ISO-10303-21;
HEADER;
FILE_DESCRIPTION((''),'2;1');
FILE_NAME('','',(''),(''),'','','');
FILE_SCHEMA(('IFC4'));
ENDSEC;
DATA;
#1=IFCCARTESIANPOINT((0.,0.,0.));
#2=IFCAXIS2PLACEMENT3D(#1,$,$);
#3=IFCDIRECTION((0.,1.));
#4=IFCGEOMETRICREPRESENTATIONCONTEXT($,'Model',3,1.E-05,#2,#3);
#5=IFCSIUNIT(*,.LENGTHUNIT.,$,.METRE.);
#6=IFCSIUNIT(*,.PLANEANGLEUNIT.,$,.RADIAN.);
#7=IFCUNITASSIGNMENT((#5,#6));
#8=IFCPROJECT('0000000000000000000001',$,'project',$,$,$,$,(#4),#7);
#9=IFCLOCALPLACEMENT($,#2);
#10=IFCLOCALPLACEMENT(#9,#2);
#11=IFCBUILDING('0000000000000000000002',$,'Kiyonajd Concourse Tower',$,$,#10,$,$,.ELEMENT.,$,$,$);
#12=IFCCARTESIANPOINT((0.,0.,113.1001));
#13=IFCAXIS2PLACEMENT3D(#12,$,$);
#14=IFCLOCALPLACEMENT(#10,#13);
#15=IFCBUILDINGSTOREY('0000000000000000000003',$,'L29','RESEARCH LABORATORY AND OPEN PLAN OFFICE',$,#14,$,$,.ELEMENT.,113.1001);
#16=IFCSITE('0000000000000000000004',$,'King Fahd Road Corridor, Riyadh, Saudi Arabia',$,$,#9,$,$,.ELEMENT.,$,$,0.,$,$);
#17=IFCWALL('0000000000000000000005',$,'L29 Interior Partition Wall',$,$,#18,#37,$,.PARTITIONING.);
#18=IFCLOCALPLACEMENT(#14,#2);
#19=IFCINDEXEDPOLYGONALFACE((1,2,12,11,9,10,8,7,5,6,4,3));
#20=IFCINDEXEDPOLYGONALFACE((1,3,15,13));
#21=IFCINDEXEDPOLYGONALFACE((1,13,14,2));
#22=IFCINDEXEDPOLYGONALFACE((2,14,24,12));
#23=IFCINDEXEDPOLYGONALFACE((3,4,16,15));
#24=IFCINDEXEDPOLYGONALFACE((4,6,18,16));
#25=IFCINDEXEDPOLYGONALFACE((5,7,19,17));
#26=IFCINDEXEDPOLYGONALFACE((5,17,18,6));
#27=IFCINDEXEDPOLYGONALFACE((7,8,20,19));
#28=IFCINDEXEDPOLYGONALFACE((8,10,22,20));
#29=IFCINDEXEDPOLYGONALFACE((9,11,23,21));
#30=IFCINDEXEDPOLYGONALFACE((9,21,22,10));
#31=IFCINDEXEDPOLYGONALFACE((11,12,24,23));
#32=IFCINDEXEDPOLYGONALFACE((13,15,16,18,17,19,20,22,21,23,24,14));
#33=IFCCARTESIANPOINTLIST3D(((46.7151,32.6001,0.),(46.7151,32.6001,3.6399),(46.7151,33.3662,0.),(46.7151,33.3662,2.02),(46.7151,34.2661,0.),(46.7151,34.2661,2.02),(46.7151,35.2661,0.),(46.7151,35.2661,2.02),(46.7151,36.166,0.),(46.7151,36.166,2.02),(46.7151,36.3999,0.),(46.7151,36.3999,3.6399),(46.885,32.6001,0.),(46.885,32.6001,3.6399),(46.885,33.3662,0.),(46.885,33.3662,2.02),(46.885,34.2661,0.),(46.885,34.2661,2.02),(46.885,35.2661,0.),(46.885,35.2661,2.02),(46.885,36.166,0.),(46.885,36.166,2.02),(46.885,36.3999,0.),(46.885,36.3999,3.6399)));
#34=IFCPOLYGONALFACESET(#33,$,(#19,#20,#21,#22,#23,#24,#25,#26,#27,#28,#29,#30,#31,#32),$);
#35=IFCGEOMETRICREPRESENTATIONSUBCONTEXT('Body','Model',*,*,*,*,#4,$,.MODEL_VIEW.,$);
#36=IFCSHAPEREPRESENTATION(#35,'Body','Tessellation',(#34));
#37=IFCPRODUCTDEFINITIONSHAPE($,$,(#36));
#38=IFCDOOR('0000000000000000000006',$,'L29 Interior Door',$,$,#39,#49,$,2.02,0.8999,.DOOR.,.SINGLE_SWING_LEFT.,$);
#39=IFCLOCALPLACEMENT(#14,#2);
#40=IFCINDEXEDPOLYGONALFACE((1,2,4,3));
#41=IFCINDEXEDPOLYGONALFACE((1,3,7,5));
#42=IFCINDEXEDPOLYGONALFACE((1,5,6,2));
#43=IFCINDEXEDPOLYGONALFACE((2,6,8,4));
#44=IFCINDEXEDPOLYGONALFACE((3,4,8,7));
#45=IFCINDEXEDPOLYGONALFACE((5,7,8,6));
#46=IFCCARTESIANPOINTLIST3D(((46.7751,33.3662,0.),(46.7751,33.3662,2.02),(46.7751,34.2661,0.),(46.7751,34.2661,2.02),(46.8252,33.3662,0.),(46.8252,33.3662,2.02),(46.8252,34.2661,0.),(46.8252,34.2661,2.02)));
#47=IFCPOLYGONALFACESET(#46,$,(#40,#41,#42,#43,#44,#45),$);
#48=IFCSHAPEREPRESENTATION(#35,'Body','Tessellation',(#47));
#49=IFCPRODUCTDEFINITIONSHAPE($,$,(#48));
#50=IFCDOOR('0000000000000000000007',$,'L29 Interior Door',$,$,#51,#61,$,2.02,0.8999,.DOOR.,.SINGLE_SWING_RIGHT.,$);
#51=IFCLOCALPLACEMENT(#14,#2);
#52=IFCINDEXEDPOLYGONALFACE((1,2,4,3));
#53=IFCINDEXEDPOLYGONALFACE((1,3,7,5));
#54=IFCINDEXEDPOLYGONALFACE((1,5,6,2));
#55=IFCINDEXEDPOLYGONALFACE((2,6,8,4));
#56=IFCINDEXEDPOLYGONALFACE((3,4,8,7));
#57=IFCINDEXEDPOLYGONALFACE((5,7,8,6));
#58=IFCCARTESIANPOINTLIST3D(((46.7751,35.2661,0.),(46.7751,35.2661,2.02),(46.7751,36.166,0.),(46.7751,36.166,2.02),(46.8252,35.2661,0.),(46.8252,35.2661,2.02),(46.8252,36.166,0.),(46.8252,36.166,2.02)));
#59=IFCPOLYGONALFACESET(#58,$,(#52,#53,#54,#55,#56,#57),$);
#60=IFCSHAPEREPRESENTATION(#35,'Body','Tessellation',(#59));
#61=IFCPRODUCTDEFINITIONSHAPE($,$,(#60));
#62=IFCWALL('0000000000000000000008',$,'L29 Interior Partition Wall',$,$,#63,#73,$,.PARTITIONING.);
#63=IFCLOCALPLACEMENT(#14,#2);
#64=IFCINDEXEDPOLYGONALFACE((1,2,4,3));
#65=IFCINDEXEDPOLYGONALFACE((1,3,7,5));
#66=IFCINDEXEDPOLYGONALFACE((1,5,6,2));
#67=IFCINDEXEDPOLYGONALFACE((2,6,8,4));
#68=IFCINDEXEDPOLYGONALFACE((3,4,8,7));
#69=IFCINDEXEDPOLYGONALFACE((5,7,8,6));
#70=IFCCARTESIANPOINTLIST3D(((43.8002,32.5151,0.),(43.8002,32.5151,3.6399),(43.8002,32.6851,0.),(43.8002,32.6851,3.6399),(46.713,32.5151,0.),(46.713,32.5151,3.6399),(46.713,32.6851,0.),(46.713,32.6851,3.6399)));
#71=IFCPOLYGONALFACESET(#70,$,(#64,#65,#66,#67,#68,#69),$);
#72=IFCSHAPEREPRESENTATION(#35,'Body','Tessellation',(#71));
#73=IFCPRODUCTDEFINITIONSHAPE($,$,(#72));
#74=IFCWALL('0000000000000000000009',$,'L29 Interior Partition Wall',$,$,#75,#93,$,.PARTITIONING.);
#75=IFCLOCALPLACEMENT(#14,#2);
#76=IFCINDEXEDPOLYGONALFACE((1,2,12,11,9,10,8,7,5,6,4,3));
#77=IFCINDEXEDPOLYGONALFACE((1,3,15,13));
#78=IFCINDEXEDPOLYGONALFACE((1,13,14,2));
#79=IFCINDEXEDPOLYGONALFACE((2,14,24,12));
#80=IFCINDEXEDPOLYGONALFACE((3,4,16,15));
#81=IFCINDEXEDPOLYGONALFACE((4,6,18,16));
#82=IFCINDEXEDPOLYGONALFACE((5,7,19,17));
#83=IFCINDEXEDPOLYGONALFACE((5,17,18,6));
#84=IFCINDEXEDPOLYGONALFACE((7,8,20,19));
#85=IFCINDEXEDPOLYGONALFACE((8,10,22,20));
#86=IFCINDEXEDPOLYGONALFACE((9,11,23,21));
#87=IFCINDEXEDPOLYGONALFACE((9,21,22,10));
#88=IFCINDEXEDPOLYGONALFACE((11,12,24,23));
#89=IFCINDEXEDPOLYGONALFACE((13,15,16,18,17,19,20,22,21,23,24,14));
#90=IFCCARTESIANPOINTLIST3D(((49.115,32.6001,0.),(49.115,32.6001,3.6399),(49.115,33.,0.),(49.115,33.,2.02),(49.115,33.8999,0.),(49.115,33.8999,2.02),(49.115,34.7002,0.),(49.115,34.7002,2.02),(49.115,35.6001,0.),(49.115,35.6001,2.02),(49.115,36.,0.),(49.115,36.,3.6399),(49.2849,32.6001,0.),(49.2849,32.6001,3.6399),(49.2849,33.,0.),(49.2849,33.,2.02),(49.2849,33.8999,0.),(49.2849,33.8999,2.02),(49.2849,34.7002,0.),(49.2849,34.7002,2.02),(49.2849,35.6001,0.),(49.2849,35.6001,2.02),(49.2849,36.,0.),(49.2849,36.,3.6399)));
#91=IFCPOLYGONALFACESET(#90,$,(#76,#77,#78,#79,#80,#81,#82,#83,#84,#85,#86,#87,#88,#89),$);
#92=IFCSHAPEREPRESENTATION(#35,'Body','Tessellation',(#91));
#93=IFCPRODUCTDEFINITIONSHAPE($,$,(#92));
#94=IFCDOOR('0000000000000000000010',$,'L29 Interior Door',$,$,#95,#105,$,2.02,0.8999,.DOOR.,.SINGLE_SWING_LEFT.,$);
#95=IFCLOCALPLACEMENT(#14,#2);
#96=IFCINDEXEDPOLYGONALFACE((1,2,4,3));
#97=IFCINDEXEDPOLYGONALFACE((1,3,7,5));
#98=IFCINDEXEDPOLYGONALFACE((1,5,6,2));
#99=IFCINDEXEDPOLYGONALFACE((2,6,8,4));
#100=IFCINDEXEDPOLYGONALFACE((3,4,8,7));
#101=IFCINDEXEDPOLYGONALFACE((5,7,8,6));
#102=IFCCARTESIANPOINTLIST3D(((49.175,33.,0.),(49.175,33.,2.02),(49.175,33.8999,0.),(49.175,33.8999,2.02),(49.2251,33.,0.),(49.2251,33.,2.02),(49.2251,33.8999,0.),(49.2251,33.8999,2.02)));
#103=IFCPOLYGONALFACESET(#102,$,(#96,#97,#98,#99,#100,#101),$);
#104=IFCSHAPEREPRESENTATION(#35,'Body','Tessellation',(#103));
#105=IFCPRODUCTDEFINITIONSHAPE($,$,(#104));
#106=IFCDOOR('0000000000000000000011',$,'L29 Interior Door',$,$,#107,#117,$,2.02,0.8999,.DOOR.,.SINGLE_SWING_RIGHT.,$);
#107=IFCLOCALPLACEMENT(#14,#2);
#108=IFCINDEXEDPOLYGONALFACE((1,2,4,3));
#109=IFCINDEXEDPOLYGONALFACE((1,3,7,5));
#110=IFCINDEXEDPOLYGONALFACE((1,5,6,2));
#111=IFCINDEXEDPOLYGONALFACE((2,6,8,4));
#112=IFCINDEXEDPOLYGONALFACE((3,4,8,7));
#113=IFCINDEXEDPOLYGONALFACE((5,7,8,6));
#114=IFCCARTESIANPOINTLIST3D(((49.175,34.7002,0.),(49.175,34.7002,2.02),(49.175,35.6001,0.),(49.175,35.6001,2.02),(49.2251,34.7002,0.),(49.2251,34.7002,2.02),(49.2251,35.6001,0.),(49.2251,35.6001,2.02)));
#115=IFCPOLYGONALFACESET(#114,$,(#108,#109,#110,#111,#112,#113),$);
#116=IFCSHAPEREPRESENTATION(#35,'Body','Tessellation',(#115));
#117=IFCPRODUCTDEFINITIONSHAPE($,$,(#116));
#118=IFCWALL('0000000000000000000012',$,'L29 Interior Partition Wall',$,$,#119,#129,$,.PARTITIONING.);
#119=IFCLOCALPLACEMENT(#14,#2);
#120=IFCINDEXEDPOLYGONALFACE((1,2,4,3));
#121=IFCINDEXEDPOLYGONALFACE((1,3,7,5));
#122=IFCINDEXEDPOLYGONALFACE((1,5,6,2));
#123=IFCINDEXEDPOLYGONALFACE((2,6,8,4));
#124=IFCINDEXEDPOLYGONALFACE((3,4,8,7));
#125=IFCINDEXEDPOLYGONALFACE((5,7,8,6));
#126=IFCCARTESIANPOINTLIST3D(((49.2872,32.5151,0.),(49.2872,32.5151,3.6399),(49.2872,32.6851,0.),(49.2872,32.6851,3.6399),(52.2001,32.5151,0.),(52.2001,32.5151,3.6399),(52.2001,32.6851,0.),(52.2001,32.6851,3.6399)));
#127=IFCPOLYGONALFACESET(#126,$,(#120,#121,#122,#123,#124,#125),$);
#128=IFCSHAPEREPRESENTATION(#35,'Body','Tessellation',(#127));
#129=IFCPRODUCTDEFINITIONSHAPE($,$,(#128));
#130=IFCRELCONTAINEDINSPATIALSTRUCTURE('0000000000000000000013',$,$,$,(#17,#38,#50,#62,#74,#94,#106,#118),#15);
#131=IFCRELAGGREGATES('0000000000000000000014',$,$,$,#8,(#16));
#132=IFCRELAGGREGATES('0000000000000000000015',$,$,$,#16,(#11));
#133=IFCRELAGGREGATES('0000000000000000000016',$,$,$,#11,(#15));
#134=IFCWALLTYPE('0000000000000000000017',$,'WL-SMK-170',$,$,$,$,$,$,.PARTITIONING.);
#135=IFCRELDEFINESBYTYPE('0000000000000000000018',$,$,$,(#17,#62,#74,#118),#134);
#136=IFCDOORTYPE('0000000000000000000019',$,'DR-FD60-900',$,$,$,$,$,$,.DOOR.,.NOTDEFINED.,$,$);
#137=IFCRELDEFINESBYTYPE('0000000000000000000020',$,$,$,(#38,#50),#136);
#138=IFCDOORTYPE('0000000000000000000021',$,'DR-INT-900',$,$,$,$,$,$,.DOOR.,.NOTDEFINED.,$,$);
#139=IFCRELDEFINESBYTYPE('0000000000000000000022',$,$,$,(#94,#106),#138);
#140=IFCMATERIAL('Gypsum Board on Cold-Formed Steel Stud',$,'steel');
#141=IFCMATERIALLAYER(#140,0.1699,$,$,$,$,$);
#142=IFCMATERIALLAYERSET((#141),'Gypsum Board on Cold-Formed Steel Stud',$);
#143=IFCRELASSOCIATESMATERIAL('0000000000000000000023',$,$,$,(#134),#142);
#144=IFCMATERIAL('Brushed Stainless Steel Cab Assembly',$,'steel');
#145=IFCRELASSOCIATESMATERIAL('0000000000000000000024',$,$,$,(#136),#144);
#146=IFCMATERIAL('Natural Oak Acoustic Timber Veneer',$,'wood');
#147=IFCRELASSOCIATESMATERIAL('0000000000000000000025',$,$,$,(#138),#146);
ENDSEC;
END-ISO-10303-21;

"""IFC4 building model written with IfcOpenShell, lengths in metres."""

from ifc_helpers import new_model, si_unit, direction, frame, frame_2d, origin, place, context, subcontext, project, spatial, rectangle, extrude, material, layer, layer_set, type_object, element, fill, save


model = new_model("IFC4")

# Units and contexts
model_context = context("Model", 3, precision=1e-05, world=origin(), true_north=direction((0.0, 1.0)))
body_context = subcontext(model_context, "Body", "Model", "MODEL_VIEW")
ifc_project = project(units=[si_unit("LENGTHUNIT", "METRE"), si_unit("PLANEANGLEUNIT", "RADIAN")], contexts=[model_context])

# Site, building, storey
site_placement = place(None, origin())
site = spatial("IfcSite", under=ifc_project, at=site_placement, Name="King Fahd Road Corridor, Riyadh, Saudi Arabia", CompositionType="ELEMENT", RefElevation=0.0)
building_placement = place(site_placement, origin())
building = spatial("IfcBuilding", under=site, at=building_placement, Name="Kiyonajd Concourse Tower", CompositionType="ELEMENT")
storey_placement = place(building_placement, frame((0.0, 0.0, 113.1001)))
storey = spatial("IfcBuildingStorey", under=building, at=storey_placement, Name="L29", Description="RESEARCH LABORATORY AND OPEN PLAN OFFICE", CompositionType="ELEMENT", Elevation=113.1001)

# Shared definitions
ifc_material_1 = material(Name="Gypsum Board on Cold-Formed Steel Stud", Category="steel")

# Shared definitions
ifc_material_2 = material(Name="Brushed Stainless Steel Cab Assembly", Category="steel")

# Wall, openings, doors
ifc_layer_1 = layer(ifc_material_1, 0.1699)
ifc_layer_set_1 = layer_set([ifc_layer_1], Name="Gypsum Board on Cold-Formed Steel Stud")
wall_type_1 = type_object("IfcWallType", Name="WL-SMK-170", PredefinedType="PARTITIONING", material=ifc_layer_set_1)
wall_1_placement = place(storey_placement, frame((46.8, 32.6001, 0.0), z_axis=(0.0, 0.0, 1.0), x_axis=(0.0, 1.0, 0.0)))
wall_1 = element("IfcWall", 1, at=wall_1_placement, inside=storey, type_object=wall_type_1, Name="L29 Interior Partition Wall", PredefinedType="PARTITIONING", context=body_context, shape_type="SweptSolid", body=[
    extrude(rectangle(XDim=3.7998, YDim=0.1699, at=frame_2d((1.8999, 0.0))), origin(), (0.0, 0.0, 1.0), 3.6399),
])
opening_1_placement = place(wall_1_placement, frame((0.7661, 0.0, 0.0)))
opening_1 = element("IfcOpeningElement", 2, at=opening_1_placement, cuts=wall_1, PredefinedType="OPENING", context=body_context, shape_type="SweptSolid", body=[
    extrude(rectangle(XDim=0.8999, YDim=2.02, at=frame_2d((0.45, 1.01))), frame((0.0, 0.095, 0.0), z_axis=(0.0, -1.0, 0.0), x_axis=(1.0, 0.0, 0.0)), (0.0, 0.0, 1.0), 0.1899),
])
opening_2_placement = place(wall_1_placement, frame((2.666, 0.0, 0.0)))
opening_2 = element("IfcOpeningElement", 3, at=opening_2_placement, cuts=wall_1, PredefinedType="OPENING", context=body_context, shape_type="SweptSolid", body=[
    extrude(rectangle(XDim=0.8999, YDim=2.02, at=frame_2d((0.45, 1.01))), frame((0.0, 0.095, 0.0), z_axis=(0.0, -1.0, 0.0), x_axis=(1.0, 0.0, 0.0)), (0.0, 0.0, 1.0), 0.1899),
])
door_type_1 = type_object("IfcDoorType", Name="DR-FD60-900", OperationType="NOTDEFINED", PredefinedType="DOOR", material=ifc_material_2)
door_1_placement = place(opening_1_placement, origin())
door_1 = element("IfcDoor", 4, at=door_1_placement, inside=storey, type_object=door_type_1, Name="L29 Interior Door", OperationType="SINGLE_SWING_LEFT", OverallHeight=2.02, OverallWidth=0.8999, PredefinedType="DOOR", context=body_context, shape_type="SweptSolid", body=[
    extrude(rectangle(XDim=0.8999, YDim=2.02, at=frame_2d((0.45, 1.01))), frame((0.0, 0.0249, 0.0), z_axis=(0.0, -1.0, 0.0), x_axis=(1.0, 0.0, 0.0)), (0.0, 0.0, 1.0), 0.05),
])
fill(opening_1, door_1)
door_2_placement = place(opening_2_placement, origin())
door_2 = element("IfcDoor", 5, at=door_2_placement, inside=storey, type_object=door_type_1, Name="L29 Interior Door", OperationType="SINGLE_SWING_RIGHT", OverallHeight=2.02, OverallWidth=0.8999, PredefinedType="DOOR", context=body_context, shape_type="SweptSolid", body=[
    extrude(rectangle(XDim=0.8999, YDim=2.02, at=frame_2d((0.45, 1.01))), frame((0.0, 0.0249, 0.0), z_axis=(0.0, -1.0, 0.0), x_axis=(1.0, 0.0, 0.0)), (0.0, 0.0, 1.0), 0.05),
])
fill(opening_2, door_2)

# Wall
wall_2_placement = place(storey_placement, frame((43.8, 32.6001, 0.0), z_axis=(0.0, 0.0, 1.0), x_axis=(1.0, 0.0, 0.0)))
element("IfcWall", 6, at=wall_2_placement, inside=storey, type_object=wall_type_1, Name="L29 Interior Partition Wall", PredefinedType="PARTITIONING", context=body_context, shape_type="SweptSolid", body=[
    extrude(rectangle(XDim=2.9128, YDim=0.1699, at=frame_2d((1.4565, 0.0))), origin(), (0.0, 0.0, 1.0), 3.6399),
])

# Wall, openings, doors
wall_3_placement = place(storey_placement, frame((49.2, 32.6001, 0.0), z_axis=(0.0, 0.0, 1.0), x_axis=(0.0, 1.0, 0.0)))
wall_3 = element("IfcWall", 7, at=wall_3_placement, inside=storey, type_object=wall_type_1, Name="L29 Interior Partition Wall", PredefinedType="PARTITIONING", context=body_context, shape_type="SweptSolid", body=[
    extrude(rectangle(XDim=3.3999, YDim=0.1699, at=frame_2d((1.7, 0.0))), origin(), (0.0, 0.0, 1.0), 3.6399),
])
opening_3_placement = place(wall_3_placement, frame((0.3999, 0.0, 0.0)))
opening_3 = element("IfcOpeningElement", 8, at=opening_3_placement, cuts=wall_3, PredefinedType="OPENING", context=body_context, shape_type="SweptSolid", body=[
    extrude(rectangle(XDim=0.8999, YDim=2.02, at=frame_2d((0.45, 1.01))), frame((0.0, 0.095, 0.0), z_axis=(0.0, -1.0, 0.0), x_axis=(1.0, 0.0, 0.0)), (0.0, 0.0, 1.0), 0.1899),
])
opening_4_placement = place(wall_3_placement, frame((2.1001, 0.0, 0.0)))
opening_4 = element("IfcOpeningElement", 9, at=opening_4_placement, cuts=wall_3, PredefinedType="OPENING", context=body_context, shape_type="SweptSolid", body=[
    extrude(rectangle(XDim=0.8999, YDim=2.02, at=frame_2d((0.45, 1.01))), frame((0.0, 0.095, 0.0), z_axis=(0.0, -1.0, 0.0), x_axis=(1.0, 0.0, 0.0)), (0.0, 0.0, 1.0), 0.1899),
])
ifc_material_3 = material(Name="Natural Oak Acoustic Timber Veneer", Category="wood")
door_type_2 = type_object("IfcDoorType", Name="DR-INT-900", OperationType="NOTDEFINED", PredefinedType="DOOR", material=ifc_material_3)
door_3_placement = place(opening_3_placement, origin())
door_3 = element("IfcDoor", 10, at=door_3_placement, inside=storey, type_object=door_type_2, Name="L29 Interior Door", OperationType="SINGLE_SWING_LEFT", OverallHeight=2.02, OverallWidth=0.8999, PredefinedType="DOOR", context=body_context, shape_type="SweptSolid", body=[
    extrude(rectangle(XDim=0.8999, YDim=2.02, at=frame_2d((0.45, 1.01))), frame((0.0, 0.0249, 0.0), z_axis=(0.0, -1.0, 0.0), x_axis=(1.0, 0.0, 0.0)), (0.0, 0.0, 1.0), 0.05),
])
fill(opening_3, door_3)
door_4_placement = place(opening_4_placement, origin())
door_4 = element("IfcDoor", 11, at=door_4_placement, inside=storey, type_object=door_type_2, Name="L29 Interior Door", OperationType="SINGLE_SWING_RIGHT", OverallHeight=2.02, OverallWidth=0.8999, PredefinedType="DOOR", context=body_context, shape_type="SweptSolid", body=[
    extrude(rectangle(XDim=0.8999, YDim=2.02, at=frame_2d((0.45, 1.01))), frame((0.0, 0.0249, 0.0), z_axis=(0.0, -1.0, 0.0), x_axis=(1.0, 0.0, 0.0)), (0.0, 0.0, 1.0), 0.05),
])
fill(opening_4, door_4)

# Wall
wall_4_placement = place(storey_placement, frame((49.2871, 32.6001, 0.0), z_axis=(0.0, 0.0, 1.0), x_axis=(1.0, 0.0, 0.0)))
element("IfcWall", 12, at=wall_4_placement, inside=storey, type_object=wall_type_1, Name="L29 Interior Partition Wall", PredefinedType="PARTITIONING", context=body_context, shape_type="SweptSolid", body=[
    extrude(rectangle(XDim=2.9128, YDim=0.1699, at=frame_2d((1.4565, 0.0))), origin(), (0.0, 0.0, 1.0), 3.6399),
])

save(model, "model.ifc")
